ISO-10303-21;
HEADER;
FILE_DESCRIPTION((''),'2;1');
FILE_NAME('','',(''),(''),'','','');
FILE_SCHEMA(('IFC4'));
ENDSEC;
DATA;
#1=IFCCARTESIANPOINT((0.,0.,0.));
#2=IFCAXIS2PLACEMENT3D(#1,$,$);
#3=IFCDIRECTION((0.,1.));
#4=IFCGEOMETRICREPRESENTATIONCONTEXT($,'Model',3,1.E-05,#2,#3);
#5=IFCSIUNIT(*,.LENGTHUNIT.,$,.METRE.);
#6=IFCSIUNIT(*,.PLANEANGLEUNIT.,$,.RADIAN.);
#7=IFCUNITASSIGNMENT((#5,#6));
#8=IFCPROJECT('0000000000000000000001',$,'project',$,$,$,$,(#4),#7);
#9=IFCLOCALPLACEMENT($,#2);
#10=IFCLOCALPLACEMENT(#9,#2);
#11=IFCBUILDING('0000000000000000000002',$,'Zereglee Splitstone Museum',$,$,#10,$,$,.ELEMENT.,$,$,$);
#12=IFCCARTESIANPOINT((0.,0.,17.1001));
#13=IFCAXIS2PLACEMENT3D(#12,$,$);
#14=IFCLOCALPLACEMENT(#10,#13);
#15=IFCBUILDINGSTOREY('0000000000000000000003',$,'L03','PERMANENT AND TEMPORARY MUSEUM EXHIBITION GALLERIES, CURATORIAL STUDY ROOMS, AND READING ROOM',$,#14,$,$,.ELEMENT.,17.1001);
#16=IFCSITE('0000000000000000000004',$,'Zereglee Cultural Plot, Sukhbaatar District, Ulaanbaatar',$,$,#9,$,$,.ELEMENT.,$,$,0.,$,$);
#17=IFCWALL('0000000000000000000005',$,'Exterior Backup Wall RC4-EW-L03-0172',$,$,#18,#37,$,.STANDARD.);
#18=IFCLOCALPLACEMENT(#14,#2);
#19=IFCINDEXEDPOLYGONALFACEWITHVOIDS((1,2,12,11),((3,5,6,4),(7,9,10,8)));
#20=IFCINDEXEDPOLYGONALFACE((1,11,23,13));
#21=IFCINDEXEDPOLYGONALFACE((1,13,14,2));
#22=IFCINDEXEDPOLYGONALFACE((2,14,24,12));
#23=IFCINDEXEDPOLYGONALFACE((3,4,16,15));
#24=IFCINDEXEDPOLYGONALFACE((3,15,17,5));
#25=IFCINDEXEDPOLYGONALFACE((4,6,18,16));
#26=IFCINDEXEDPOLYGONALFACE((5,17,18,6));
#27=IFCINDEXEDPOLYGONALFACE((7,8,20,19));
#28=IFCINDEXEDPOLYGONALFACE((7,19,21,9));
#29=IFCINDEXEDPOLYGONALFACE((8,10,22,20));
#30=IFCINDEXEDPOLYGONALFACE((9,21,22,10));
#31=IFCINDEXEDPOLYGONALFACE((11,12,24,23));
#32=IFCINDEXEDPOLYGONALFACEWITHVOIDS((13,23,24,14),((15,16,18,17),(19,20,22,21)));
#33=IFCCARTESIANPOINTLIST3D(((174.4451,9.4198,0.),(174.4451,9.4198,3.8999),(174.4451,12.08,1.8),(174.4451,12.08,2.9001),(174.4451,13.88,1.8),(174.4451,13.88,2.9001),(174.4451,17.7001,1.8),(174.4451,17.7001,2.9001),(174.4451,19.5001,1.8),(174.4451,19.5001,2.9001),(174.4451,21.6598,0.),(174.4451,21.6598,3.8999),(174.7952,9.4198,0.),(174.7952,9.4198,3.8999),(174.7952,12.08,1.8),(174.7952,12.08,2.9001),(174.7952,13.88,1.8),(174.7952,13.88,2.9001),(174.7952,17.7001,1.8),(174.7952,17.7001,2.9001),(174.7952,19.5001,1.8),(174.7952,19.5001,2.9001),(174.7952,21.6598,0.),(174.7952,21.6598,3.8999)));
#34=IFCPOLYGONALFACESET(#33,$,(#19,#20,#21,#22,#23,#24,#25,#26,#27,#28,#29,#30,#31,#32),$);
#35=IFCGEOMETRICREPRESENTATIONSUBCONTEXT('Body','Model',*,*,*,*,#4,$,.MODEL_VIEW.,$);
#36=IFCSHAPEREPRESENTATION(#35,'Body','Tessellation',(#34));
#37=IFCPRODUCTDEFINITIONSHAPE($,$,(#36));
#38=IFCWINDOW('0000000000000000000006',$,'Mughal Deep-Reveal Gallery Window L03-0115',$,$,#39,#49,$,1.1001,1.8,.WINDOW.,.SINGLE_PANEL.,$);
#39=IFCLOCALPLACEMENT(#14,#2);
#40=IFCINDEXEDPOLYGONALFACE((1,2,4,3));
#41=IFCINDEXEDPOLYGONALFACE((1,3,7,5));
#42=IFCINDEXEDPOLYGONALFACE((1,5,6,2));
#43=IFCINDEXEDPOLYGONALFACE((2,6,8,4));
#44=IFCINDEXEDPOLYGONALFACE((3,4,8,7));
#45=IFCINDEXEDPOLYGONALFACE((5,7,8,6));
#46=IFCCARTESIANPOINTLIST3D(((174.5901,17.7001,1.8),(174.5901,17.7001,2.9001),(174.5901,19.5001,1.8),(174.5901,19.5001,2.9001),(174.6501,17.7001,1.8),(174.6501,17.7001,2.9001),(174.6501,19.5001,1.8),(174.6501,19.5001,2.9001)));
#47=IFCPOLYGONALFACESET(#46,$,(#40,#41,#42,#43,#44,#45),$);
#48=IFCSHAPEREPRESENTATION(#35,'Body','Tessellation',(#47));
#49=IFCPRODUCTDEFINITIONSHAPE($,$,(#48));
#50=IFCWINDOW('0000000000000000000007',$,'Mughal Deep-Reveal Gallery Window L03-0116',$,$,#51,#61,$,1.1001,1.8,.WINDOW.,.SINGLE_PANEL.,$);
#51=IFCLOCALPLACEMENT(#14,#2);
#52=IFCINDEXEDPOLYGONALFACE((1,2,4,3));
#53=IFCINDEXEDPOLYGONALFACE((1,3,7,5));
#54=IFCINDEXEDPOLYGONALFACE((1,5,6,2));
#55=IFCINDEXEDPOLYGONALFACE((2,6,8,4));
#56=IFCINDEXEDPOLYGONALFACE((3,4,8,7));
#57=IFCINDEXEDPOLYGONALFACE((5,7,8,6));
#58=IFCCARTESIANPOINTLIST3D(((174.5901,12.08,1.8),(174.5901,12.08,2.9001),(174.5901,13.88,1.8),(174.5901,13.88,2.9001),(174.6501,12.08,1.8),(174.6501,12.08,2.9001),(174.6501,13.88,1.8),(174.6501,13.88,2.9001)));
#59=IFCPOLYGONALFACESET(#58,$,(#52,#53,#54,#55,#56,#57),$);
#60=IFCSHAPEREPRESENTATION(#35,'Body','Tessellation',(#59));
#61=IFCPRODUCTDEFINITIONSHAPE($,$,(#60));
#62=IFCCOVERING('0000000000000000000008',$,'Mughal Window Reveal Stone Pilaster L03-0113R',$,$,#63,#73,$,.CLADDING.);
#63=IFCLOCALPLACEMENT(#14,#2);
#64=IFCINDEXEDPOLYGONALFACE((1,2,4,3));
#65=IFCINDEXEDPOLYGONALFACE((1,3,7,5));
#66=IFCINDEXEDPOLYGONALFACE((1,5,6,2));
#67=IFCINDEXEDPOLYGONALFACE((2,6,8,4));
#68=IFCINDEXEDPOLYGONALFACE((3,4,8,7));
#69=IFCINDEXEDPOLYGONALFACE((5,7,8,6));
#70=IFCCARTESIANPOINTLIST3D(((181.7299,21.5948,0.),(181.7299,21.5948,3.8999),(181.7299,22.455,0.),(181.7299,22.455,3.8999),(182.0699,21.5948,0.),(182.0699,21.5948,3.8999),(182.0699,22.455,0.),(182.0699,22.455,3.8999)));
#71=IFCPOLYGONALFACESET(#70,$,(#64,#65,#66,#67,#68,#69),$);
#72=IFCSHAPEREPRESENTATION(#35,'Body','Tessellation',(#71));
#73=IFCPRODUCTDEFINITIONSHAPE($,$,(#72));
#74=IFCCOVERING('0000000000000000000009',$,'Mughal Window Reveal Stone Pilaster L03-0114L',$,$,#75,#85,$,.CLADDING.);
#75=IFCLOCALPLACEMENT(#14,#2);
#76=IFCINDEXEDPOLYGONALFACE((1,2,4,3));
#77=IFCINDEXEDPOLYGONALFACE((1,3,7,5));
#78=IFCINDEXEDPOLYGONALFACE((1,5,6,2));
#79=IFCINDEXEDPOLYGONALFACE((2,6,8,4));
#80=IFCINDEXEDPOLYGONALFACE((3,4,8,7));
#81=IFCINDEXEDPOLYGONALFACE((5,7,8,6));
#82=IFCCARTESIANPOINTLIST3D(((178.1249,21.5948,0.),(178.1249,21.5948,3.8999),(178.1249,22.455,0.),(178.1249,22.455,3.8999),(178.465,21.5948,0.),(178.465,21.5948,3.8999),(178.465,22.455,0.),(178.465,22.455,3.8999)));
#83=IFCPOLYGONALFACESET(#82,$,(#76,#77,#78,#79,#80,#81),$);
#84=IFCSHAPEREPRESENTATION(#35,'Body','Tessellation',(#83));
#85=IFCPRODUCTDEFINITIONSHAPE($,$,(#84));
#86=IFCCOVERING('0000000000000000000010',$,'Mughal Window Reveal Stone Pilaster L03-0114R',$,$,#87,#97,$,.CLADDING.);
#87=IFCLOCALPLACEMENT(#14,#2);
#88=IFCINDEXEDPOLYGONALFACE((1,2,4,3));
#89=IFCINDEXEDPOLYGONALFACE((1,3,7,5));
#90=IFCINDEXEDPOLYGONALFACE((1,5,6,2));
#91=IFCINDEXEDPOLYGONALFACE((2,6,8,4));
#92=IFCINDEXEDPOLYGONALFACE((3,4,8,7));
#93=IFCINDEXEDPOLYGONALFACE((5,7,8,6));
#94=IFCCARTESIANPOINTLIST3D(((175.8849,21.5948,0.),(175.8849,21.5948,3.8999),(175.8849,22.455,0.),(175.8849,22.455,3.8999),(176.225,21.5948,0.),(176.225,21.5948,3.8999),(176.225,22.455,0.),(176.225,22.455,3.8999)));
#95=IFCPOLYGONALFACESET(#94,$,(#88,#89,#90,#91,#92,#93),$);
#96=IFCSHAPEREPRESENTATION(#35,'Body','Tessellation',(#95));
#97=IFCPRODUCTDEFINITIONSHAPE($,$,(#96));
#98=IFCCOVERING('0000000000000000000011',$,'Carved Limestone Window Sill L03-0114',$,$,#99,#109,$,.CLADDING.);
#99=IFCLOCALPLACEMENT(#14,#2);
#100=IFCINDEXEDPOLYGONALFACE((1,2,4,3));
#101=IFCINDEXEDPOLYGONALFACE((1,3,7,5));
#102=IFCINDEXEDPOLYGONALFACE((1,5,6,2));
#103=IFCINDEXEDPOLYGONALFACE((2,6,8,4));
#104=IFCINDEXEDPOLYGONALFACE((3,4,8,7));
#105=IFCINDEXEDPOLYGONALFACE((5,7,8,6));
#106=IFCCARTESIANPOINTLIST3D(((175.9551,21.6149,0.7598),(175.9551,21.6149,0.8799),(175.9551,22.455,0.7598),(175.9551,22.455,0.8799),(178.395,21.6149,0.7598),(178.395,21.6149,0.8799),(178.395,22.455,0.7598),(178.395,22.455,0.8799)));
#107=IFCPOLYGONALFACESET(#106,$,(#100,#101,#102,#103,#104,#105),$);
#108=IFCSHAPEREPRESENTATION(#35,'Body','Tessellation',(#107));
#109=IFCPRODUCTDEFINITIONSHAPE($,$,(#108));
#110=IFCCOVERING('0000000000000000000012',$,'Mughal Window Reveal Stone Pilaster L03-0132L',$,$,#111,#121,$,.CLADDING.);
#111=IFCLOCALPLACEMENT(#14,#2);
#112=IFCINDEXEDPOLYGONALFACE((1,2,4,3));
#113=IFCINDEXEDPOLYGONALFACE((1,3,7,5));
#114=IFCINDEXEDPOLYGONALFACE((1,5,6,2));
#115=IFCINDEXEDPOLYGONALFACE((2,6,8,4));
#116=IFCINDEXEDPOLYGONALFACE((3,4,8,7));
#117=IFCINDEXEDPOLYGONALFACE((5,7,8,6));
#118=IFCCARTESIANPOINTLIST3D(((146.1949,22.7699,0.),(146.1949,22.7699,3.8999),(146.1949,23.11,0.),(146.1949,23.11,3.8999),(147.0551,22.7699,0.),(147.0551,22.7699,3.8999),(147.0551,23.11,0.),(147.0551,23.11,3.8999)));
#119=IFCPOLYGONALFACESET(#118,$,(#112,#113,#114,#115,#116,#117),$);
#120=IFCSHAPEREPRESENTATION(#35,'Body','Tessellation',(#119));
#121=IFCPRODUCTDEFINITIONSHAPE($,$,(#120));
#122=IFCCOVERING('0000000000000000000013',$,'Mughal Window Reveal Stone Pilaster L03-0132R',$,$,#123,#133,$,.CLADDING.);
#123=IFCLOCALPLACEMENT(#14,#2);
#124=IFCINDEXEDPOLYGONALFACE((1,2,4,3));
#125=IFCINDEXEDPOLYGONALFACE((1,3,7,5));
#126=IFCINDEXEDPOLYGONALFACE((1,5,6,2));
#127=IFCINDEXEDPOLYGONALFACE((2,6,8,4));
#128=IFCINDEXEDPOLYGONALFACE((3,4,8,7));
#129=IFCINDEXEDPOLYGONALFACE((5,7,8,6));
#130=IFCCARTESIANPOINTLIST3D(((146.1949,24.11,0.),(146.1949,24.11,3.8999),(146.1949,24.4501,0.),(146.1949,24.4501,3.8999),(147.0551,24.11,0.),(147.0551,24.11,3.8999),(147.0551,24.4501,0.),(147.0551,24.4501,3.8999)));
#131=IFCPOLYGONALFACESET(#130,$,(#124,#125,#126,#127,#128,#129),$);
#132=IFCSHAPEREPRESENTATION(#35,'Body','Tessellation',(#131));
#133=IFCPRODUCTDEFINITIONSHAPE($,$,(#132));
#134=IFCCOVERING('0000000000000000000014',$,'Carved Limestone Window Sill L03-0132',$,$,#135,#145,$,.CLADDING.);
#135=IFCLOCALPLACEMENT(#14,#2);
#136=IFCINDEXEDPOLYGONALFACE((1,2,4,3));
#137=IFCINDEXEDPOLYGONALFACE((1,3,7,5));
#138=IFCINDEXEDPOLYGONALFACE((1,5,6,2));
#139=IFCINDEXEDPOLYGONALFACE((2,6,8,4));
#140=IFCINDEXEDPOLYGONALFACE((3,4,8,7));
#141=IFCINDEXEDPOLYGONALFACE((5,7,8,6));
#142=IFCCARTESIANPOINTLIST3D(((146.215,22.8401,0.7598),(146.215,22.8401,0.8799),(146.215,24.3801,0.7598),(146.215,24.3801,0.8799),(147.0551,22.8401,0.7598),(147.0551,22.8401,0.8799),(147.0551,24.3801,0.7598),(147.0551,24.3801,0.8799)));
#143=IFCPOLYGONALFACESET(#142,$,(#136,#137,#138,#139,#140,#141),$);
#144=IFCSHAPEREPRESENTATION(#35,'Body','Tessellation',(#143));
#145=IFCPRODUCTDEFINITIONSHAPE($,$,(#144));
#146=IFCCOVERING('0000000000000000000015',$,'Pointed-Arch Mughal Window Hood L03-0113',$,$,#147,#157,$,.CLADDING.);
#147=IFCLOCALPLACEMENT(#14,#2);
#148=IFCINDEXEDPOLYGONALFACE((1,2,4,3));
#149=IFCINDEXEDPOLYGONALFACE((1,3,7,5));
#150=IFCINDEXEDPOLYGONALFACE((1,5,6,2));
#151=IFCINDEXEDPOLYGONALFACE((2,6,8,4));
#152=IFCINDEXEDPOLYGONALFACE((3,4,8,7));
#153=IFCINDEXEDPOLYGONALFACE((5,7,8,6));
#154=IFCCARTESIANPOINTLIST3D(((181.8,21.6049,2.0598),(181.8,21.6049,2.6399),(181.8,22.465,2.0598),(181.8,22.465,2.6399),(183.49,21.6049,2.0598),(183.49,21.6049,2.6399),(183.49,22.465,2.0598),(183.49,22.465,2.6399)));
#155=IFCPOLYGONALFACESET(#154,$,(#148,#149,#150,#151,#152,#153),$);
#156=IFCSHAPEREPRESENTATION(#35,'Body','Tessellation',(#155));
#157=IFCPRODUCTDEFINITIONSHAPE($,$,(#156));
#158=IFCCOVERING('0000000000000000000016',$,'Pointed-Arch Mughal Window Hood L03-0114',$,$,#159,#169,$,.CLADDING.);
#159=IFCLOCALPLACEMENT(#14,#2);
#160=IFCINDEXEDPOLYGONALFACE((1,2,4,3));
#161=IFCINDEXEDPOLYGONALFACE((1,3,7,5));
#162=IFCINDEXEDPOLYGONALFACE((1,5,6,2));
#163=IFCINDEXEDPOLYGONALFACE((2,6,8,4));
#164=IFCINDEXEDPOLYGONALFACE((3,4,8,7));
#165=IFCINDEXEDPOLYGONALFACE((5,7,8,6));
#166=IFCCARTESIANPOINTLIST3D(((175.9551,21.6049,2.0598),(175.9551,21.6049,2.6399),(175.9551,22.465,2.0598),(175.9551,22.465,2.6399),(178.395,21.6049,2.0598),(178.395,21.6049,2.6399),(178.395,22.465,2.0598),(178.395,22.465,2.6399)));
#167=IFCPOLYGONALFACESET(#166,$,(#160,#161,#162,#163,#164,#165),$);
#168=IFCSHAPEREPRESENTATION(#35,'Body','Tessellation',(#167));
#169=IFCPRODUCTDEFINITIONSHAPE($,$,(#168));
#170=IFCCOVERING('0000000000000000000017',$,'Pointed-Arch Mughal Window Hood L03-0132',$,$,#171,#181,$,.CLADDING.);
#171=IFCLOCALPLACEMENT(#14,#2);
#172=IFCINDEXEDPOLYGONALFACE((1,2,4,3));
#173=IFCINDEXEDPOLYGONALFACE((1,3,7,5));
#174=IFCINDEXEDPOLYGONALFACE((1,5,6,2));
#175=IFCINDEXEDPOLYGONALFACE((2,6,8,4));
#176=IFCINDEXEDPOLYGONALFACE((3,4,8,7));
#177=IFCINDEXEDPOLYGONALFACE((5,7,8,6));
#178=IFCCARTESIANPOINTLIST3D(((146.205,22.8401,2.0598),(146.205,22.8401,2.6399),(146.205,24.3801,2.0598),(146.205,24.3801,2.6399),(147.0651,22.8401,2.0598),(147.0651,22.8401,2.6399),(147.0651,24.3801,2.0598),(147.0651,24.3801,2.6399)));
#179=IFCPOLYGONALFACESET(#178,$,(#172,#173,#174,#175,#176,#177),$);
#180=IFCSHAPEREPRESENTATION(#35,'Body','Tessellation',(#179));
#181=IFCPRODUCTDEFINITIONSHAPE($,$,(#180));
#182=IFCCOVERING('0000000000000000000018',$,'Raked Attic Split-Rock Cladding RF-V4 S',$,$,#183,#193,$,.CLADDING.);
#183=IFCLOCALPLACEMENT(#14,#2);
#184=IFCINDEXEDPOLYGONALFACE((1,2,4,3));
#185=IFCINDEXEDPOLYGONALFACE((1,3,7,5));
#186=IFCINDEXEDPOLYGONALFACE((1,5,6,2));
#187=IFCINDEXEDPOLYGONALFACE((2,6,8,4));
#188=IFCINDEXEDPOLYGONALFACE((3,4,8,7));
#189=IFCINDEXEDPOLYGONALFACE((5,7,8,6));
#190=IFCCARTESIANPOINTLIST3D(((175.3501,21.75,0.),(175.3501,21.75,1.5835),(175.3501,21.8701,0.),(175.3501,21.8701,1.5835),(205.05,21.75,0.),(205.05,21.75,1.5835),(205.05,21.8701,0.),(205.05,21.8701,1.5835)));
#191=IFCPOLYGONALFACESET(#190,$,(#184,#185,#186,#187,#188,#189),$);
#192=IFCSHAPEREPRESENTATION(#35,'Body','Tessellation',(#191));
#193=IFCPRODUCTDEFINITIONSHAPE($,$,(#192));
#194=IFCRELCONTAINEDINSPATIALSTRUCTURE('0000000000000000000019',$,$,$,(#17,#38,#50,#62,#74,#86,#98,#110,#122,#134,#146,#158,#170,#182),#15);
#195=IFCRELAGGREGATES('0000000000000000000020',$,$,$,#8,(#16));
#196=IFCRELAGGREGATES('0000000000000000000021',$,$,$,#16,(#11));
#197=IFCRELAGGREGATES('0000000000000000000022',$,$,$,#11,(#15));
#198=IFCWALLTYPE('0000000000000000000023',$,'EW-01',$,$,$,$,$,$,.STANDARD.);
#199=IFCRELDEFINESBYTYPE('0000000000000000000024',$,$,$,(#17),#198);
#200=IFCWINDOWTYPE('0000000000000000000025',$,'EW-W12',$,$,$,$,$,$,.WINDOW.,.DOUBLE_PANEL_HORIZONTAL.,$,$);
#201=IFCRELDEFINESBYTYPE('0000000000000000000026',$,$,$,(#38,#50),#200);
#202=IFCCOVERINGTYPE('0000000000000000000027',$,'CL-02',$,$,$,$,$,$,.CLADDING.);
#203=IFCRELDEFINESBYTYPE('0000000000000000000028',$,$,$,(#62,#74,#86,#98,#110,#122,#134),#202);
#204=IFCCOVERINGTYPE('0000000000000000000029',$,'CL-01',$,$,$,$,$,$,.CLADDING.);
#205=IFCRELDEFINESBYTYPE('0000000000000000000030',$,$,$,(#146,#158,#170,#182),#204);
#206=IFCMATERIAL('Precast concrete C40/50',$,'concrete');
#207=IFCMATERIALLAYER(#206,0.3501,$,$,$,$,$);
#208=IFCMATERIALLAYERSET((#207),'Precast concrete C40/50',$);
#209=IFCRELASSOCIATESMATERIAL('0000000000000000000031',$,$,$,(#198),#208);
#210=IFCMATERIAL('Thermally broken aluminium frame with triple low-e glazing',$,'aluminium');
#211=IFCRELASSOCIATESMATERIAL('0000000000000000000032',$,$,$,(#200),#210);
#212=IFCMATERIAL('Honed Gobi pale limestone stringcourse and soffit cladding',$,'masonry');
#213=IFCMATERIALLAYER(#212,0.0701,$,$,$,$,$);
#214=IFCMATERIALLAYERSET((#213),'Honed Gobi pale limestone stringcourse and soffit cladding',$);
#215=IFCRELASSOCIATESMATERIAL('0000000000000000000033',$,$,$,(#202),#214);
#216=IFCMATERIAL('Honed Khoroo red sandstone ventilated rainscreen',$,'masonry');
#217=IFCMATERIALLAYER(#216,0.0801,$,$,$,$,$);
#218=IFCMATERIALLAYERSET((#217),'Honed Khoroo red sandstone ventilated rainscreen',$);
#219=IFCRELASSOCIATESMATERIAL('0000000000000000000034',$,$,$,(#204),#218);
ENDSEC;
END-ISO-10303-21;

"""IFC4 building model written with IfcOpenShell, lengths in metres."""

from ifc_helpers import new_model, si_unit, direction, frame, frame_2d, origin, origin_2d, place, context, subcontext, project, spatial, polyline, rectangle, outline, extrude, material, layer, layer_set, type_object, element, fill, save


model = new_model("IFC4")

# Units and contexts
model_context = context("Model", 3, precision=1e-05, world=origin(), true_north=direction((0.0, 1.0)))
body_context = subcontext(model_context, "Body", "Model", "MODEL_VIEW")
ifc_project = project(units=[si_unit("LENGTHUNIT", "METRE"), si_unit("PLANEANGLEUNIT", "RADIAN")], contexts=[model_context])

# Site, building, storey
site_placement = place(None, origin())
site = spatial("IfcSite", under=ifc_project, at=site_placement, Name="Zereglee Cultural Plot, Sukhbaatar District, Ulaanbaatar", CompositionType="ELEMENT", RefElevation=0.0)
building_placement = place(site_placement, origin())
building = spatial("IfcBuilding", under=site, at=building_placement, Name="Zereglee Splitstone Museum", CompositionType="ELEMENT")
storey_placement = place(building_placement, frame((0.0, 0.0, 17.1001)))
storey = spatial("IfcBuildingStorey", under=building, at=storey_placement, Name="L03", Description="PERMANENT AND TEMPORARY MUSEUM EXHIBITION GALLERIES, CURATORIAL STUDY ROOMS, AND READING ROOM", CompositionType="ELEMENT", Elevation=17.1001)

# Wall, openings, windows
ifc_material_1 = material(Name="Precast concrete C40/50", Category="concrete")
ifc_layer_1 = layer(ifc_material_1, 0.3501)
ifc_layer_set_1 = layer_set([ifc_layer_1], Name="Precast concrete C40/50")
wall_type = type_object("IfcWallType", Name="EW-01", PredefinedType="STANDARD", material=ifc_layer_set_1)
wall_placement = place(storey_placement, frame((174.6201, 21.6599, 0.0), z_axis=(0.0, 0.0, 1.0), x_axis=(0.0, -1.0, 0.0)))
wall = element("IfcWall", 1, at=wall_placement, inside=storey, type_object=wall_type, Name="Exterior Backup Wall RC4-EW-L03-0172", PredefinedType="STANDARD", context=body_context, shape_type="SweptSolid", body=[
    extrude(rectangle(XDim=12.24, YDim=0.3501, at=frame_2d((6.1201, 0.0))), origin(), (0.0, 0.0, 1.0), 3.8999),
])
opening_1_placement = place(wall_placement, frame((2.1599, 0.0, 1.8)))
opening_1 = element("IfcOpeningElement", 2, at=opening_1_placement, cuts=wall, PredefinedType="OPENING", context=body_context, shape_type="SweptSolid", body=[
    extrude(rectangle(XDim=1.8, YDim=1.1001, at=frame_2d((0.8999, 0.55))), frame((0.0, 0.1899, 0.0), z_axis=(0.0, -1.0, 0.0), x_axis=(1.0, 0.0, 0.0)), (0.0, 0.0, 1.0), 0.3799),
])
opening_2_placement = place(wall_placement, frame((7.78, 0.0, 1.8)))
opening_2 = element("IfcOpeningElement", 3, at=opening_2_placement, cuts=wall, PredefinedType="OPENING", context=body_context, shape_type="SweptSolid", body=[
    extrude(rectangle(XDim=1.8, YDim=1.1001, at=frame_2d((0.8999, 0.55))), frame((0.0, 0.1899, 0.0), z_axis=(0.0, -1.0, 0.0), x_axis=(1.0, 0.0, 0.0)), (0.0, 0.0, 1.0), 0.3799),
])
ifc_material_2 = material(Name="Thermally broken aluminium frame with triple low-e glazing", Category="aluminium")
window_type = type_object("IfcWindowType", Name="EW-W12", PartitioningType="DOUBLE_PANEL_HORIZONTAL", PredefinedType="WINDOW", material=ifc_material_2)
window_1_placement = place(opening_1_placement, origin())
window_1 = element("IfcWindow", 4, at=window_1_placement, inside=storey, type_object=window_type, Name="Mughal Deep-Reveal Gallery Window L03-0115", OverallHeight=1.1001, OverallWidth=1.8, PartitioningType="SINGLE_PANEL", PredefinedType="WINDOW", context=body_context, shape_type="SweptSolid", body=[
    extrude(rectangle(XDim=1.8, YDim=1.1001, at=frame_2d((0.8999, 0.55))), frame((0.0, 0.03, 0.0), z_axis=(0.0, -1.0, 0.0), x_axis=(1.0, 0.0, 0.0)), (0.0, 0.0, 1.0), 0.0601),
])
fill(opening_1, window_1)
window_2_placement = place(opening_2_placement, origin())
window_2 = element("IfcWindow", 5, at=window_2_placement, inside=storey, type_object=window_type, Name="Mughal Deep-Reveal Gallery Window L03-0116", OverallHeight=1.1001, OverallWidth=1.8, PartitioningType="SINGLE_PANEL", PredefinedType="WINDOW", context=body_context, shape_type="SweptSolid", body=[
    extrude(rectangle(XDim=1.8, YDim=1.1001, at=frame_2d((0.8999, 0.55))), frame((0.0, 0.03, 0.0), z_axis=(0.0, -1.0, 0.0), x_axis=(1.0, 0.0, 0.0)), (0.0, 0.0, 1.0), 0.0601),
])
fill(opening_2, window_2)

# Coverings
ifc_material_3 = material(Name="Honed Gobi pale limestone stringcourse and soffit cladding", Category="masonry")
ifc_layer_2 = layer(ifc_material_3, 0.0701)
ifc_layer_set_2 = layer_set([ifc_layer_2], Name="Honed Gobi pale limestone stringcourse and soffit cladding")
covering_type_1 = type_object("IfcCoveringType", Name="CL-02", PredefinedType="CLADDING", material=ifc_layer_set_2)
for number, where, z_axis, x_axis, name in (
    (6, (181.8999, 22.0249, 0.0), (0.0, 0.0, 1.0), (-1.0, 0.0, 0.0), "Mughal Window Reveal Stone Pilaster L03-0113R"),
    (7, (178.2949, 22.0249, 0.0), (0.0, 0.0, 1.0), (-1.0, 0.0, 0.0), "Mughal Window Reveal Stone Pilaster L03-0114L"),
    (8, (176.0549, 22.0249, 0.0), (0.0, 0.0, 1.0), (-1.0, 0.0, 0.0), "Mughal Window Reveal Stone Pilaster L03-0114R"),
):
    element("IfcCovering", number, at=place(storey_placement, frame(where, z_axis=z_axis, x_axis=x_axis)), inside=storey, type_object=covering_type_1, Name=name, PredefinedType="CLADDING", context=body_context, shape_type="SweptSolid", body=[
        extrude(rectangle(XDim=0.3401, YDim=0.8601, at=origin_2d()), origin(), (0.0, 0.0, 1.0), 3.8999),
    ])
covering_1_placement = place(storey_placement, frame((177.175, 22.0349, 0.7598), z_axis=(0.0, 0.0, 1.0), x_axis=(-1.0, 0.0, 0.0)))
element("IfcCovering", 9, at=covering_1_placement, inside=storey, type_object=covering_type_1, Name="Carved Limestone Window Sill L03-0114", PredefinedType="CLADDING", context=body_context, shape_type="SweptSolid", body=[
    extrude(rectangle(XDim=2.4399, YDim=0.8401, at=origin_2d()), origin(), (0.0, 0.0, 1.0), 0.1201),
])
for number, where, z_axis, x_axis, name in (
    (10, (146.625, 22.9399, 0.0), (0.0, 0.0, 1.0), (0.0, 1.0, 0.0), "Mughal Window Reveal Stone Pilaster L03-0132L"),
    (11, (146.625, 24.28, 0.0), (0.0, 0.0, 1.0), (0.0, 1.0, 0.0), "Mughal Window Reveal Stone Pilaster L03-0132R"),
):
    element("IfcCovering", number, at=place(storey_placement, frame(where, z_axis=z_axis, x_axis=x_axis)), inside=storey, type_object=covering_type_1, Name=name, PredefinedType="CLADDING", context=body_context, shape_type="SweptSolid", body=[
        extrude(rectangle(XDim=0.3401, YDim=0.8601, at=origin_2d()), origin(), (0.0, 0.0, 1.0), 3.8999),
    ])
covering_2_placement = place(storey_placement, frame((146.635, 23.6101, 0.7598), z_axis=(0.0, 0.0, 1.0), x_axis=(0.0, 1.0, 0.0)))
element("IfcCovering", 12, at=covering_2_placement, inside=storey, type_object=covering_type_1, Name="Carved Limestone Window Sill L03-0132", PredefinedType="CLADDING", context=body_context, shape_type="SweptSolid", body=[
    extrude(rectangle(XDim=1.54, YDim=0.8401, at=origin_2d()), origin(), (0.0, 0.0, 1.0), 0.1201),
])
ifc_material_4 = material(Name="Honed Khoroo red sandstone ventilated rainscreen", Category="masonry")
ifc_layer_3 = layer(ifc_material_4, 0.0801)
ifc_layer_set_3 = layer_set([ifc_layer_3], Name="Honed Khoroo red sandstone ventilated rainscreen")
covering_type_2 = type_object("IfcCoveringType", Name="CL-01", PredefinedType="CLADDING", material=ifc_layer_set_3)
covering_3_placement = place(storey_placement, frame((182.645, 22.0349, 2.0598), z_axis=(0.0, 0.0, 1.0), x_axis=(-1.0, 0.0, 0.0)))
element("IfcCovering", 13, at=covering_3_placement, inside=storey, type_object=covering_type_2, Name="Pointed-Arch Mughal Window Hood L03-0113", PredefinedType="CLADDING", context=body_context, shape_type="SweptSolid", body=[
    extrude(rectangle(XDim=1.6899, YDim=0.8601, at=origin_2d()), origin(), (0.0, 0.0, 1.0), 0.5801),
])
covering_4_placement = place(storey_placement, frame((177.175, 22.0349, 2.0598), z_axis=(0.0, 0.0, 1.0), x_axis=(-1.0, 0.0, 0.0)))
element("IfcCovering", 14, at=covering_4_placement, inside=storey, type_object=covering_type_2, Name="Pointed-Arch Mughal Window Hood L03-0114", PredefinedType="CLADDING", context=body_context, shape_type="SweptSolid", body=[
    extrude(rectangle(XDim=2.4399, YDim=0.8601, at=origin_2d()), origin(), (0.0, 0.0, 1.0), 0.5801),
])
covering_5_placement = place(storey_placement, frame((146.635, 23.6101, 2.0598), z_axis=(0.0, 0.0, 1.0), x_axis=(0.0, 1.0, 0.0)))
element("IfcCovering", 15, at=covering_5_placement, inside=storey, type_object=covering_type_2, Name="Pointed-Arch Mughal Window Hood L03-0132", PredefinedType="CLADDING", context=body_context, shape_type="SweptSolid", body=[
    extrude(rectangle(XDim=1.54, YDim=0.8601, at=origin_2d()), origin(), (0.0, 0.0, 1.0), 0.5801),
])
covering_6_placement = place(storey_placement, frame((175.3501, 21.75, 0.0), z_axis=(0.0, -1.0, 0.0), x_axis=(1.0, 0.0, 0.0)))
element("IfcCovering", 16, at=covering_6_placement, inside=storey, type_object=covering_type_2, Name="Raked Attic Split-Rock Cladding RF-V4 S", PredefinedType="CLADDING", context=body_context, shape_type="SweptSolid", body=[
    extrude(outline(polyline([(0.0, 0.0), (29.7, 0.0), (29.7, 1.5835), (0.0, 1.5835), (0.0, 0.0)])), origin(), (0.0, 0.0, -1.0), 0.1201),
])

save(model, "model.ifc")
